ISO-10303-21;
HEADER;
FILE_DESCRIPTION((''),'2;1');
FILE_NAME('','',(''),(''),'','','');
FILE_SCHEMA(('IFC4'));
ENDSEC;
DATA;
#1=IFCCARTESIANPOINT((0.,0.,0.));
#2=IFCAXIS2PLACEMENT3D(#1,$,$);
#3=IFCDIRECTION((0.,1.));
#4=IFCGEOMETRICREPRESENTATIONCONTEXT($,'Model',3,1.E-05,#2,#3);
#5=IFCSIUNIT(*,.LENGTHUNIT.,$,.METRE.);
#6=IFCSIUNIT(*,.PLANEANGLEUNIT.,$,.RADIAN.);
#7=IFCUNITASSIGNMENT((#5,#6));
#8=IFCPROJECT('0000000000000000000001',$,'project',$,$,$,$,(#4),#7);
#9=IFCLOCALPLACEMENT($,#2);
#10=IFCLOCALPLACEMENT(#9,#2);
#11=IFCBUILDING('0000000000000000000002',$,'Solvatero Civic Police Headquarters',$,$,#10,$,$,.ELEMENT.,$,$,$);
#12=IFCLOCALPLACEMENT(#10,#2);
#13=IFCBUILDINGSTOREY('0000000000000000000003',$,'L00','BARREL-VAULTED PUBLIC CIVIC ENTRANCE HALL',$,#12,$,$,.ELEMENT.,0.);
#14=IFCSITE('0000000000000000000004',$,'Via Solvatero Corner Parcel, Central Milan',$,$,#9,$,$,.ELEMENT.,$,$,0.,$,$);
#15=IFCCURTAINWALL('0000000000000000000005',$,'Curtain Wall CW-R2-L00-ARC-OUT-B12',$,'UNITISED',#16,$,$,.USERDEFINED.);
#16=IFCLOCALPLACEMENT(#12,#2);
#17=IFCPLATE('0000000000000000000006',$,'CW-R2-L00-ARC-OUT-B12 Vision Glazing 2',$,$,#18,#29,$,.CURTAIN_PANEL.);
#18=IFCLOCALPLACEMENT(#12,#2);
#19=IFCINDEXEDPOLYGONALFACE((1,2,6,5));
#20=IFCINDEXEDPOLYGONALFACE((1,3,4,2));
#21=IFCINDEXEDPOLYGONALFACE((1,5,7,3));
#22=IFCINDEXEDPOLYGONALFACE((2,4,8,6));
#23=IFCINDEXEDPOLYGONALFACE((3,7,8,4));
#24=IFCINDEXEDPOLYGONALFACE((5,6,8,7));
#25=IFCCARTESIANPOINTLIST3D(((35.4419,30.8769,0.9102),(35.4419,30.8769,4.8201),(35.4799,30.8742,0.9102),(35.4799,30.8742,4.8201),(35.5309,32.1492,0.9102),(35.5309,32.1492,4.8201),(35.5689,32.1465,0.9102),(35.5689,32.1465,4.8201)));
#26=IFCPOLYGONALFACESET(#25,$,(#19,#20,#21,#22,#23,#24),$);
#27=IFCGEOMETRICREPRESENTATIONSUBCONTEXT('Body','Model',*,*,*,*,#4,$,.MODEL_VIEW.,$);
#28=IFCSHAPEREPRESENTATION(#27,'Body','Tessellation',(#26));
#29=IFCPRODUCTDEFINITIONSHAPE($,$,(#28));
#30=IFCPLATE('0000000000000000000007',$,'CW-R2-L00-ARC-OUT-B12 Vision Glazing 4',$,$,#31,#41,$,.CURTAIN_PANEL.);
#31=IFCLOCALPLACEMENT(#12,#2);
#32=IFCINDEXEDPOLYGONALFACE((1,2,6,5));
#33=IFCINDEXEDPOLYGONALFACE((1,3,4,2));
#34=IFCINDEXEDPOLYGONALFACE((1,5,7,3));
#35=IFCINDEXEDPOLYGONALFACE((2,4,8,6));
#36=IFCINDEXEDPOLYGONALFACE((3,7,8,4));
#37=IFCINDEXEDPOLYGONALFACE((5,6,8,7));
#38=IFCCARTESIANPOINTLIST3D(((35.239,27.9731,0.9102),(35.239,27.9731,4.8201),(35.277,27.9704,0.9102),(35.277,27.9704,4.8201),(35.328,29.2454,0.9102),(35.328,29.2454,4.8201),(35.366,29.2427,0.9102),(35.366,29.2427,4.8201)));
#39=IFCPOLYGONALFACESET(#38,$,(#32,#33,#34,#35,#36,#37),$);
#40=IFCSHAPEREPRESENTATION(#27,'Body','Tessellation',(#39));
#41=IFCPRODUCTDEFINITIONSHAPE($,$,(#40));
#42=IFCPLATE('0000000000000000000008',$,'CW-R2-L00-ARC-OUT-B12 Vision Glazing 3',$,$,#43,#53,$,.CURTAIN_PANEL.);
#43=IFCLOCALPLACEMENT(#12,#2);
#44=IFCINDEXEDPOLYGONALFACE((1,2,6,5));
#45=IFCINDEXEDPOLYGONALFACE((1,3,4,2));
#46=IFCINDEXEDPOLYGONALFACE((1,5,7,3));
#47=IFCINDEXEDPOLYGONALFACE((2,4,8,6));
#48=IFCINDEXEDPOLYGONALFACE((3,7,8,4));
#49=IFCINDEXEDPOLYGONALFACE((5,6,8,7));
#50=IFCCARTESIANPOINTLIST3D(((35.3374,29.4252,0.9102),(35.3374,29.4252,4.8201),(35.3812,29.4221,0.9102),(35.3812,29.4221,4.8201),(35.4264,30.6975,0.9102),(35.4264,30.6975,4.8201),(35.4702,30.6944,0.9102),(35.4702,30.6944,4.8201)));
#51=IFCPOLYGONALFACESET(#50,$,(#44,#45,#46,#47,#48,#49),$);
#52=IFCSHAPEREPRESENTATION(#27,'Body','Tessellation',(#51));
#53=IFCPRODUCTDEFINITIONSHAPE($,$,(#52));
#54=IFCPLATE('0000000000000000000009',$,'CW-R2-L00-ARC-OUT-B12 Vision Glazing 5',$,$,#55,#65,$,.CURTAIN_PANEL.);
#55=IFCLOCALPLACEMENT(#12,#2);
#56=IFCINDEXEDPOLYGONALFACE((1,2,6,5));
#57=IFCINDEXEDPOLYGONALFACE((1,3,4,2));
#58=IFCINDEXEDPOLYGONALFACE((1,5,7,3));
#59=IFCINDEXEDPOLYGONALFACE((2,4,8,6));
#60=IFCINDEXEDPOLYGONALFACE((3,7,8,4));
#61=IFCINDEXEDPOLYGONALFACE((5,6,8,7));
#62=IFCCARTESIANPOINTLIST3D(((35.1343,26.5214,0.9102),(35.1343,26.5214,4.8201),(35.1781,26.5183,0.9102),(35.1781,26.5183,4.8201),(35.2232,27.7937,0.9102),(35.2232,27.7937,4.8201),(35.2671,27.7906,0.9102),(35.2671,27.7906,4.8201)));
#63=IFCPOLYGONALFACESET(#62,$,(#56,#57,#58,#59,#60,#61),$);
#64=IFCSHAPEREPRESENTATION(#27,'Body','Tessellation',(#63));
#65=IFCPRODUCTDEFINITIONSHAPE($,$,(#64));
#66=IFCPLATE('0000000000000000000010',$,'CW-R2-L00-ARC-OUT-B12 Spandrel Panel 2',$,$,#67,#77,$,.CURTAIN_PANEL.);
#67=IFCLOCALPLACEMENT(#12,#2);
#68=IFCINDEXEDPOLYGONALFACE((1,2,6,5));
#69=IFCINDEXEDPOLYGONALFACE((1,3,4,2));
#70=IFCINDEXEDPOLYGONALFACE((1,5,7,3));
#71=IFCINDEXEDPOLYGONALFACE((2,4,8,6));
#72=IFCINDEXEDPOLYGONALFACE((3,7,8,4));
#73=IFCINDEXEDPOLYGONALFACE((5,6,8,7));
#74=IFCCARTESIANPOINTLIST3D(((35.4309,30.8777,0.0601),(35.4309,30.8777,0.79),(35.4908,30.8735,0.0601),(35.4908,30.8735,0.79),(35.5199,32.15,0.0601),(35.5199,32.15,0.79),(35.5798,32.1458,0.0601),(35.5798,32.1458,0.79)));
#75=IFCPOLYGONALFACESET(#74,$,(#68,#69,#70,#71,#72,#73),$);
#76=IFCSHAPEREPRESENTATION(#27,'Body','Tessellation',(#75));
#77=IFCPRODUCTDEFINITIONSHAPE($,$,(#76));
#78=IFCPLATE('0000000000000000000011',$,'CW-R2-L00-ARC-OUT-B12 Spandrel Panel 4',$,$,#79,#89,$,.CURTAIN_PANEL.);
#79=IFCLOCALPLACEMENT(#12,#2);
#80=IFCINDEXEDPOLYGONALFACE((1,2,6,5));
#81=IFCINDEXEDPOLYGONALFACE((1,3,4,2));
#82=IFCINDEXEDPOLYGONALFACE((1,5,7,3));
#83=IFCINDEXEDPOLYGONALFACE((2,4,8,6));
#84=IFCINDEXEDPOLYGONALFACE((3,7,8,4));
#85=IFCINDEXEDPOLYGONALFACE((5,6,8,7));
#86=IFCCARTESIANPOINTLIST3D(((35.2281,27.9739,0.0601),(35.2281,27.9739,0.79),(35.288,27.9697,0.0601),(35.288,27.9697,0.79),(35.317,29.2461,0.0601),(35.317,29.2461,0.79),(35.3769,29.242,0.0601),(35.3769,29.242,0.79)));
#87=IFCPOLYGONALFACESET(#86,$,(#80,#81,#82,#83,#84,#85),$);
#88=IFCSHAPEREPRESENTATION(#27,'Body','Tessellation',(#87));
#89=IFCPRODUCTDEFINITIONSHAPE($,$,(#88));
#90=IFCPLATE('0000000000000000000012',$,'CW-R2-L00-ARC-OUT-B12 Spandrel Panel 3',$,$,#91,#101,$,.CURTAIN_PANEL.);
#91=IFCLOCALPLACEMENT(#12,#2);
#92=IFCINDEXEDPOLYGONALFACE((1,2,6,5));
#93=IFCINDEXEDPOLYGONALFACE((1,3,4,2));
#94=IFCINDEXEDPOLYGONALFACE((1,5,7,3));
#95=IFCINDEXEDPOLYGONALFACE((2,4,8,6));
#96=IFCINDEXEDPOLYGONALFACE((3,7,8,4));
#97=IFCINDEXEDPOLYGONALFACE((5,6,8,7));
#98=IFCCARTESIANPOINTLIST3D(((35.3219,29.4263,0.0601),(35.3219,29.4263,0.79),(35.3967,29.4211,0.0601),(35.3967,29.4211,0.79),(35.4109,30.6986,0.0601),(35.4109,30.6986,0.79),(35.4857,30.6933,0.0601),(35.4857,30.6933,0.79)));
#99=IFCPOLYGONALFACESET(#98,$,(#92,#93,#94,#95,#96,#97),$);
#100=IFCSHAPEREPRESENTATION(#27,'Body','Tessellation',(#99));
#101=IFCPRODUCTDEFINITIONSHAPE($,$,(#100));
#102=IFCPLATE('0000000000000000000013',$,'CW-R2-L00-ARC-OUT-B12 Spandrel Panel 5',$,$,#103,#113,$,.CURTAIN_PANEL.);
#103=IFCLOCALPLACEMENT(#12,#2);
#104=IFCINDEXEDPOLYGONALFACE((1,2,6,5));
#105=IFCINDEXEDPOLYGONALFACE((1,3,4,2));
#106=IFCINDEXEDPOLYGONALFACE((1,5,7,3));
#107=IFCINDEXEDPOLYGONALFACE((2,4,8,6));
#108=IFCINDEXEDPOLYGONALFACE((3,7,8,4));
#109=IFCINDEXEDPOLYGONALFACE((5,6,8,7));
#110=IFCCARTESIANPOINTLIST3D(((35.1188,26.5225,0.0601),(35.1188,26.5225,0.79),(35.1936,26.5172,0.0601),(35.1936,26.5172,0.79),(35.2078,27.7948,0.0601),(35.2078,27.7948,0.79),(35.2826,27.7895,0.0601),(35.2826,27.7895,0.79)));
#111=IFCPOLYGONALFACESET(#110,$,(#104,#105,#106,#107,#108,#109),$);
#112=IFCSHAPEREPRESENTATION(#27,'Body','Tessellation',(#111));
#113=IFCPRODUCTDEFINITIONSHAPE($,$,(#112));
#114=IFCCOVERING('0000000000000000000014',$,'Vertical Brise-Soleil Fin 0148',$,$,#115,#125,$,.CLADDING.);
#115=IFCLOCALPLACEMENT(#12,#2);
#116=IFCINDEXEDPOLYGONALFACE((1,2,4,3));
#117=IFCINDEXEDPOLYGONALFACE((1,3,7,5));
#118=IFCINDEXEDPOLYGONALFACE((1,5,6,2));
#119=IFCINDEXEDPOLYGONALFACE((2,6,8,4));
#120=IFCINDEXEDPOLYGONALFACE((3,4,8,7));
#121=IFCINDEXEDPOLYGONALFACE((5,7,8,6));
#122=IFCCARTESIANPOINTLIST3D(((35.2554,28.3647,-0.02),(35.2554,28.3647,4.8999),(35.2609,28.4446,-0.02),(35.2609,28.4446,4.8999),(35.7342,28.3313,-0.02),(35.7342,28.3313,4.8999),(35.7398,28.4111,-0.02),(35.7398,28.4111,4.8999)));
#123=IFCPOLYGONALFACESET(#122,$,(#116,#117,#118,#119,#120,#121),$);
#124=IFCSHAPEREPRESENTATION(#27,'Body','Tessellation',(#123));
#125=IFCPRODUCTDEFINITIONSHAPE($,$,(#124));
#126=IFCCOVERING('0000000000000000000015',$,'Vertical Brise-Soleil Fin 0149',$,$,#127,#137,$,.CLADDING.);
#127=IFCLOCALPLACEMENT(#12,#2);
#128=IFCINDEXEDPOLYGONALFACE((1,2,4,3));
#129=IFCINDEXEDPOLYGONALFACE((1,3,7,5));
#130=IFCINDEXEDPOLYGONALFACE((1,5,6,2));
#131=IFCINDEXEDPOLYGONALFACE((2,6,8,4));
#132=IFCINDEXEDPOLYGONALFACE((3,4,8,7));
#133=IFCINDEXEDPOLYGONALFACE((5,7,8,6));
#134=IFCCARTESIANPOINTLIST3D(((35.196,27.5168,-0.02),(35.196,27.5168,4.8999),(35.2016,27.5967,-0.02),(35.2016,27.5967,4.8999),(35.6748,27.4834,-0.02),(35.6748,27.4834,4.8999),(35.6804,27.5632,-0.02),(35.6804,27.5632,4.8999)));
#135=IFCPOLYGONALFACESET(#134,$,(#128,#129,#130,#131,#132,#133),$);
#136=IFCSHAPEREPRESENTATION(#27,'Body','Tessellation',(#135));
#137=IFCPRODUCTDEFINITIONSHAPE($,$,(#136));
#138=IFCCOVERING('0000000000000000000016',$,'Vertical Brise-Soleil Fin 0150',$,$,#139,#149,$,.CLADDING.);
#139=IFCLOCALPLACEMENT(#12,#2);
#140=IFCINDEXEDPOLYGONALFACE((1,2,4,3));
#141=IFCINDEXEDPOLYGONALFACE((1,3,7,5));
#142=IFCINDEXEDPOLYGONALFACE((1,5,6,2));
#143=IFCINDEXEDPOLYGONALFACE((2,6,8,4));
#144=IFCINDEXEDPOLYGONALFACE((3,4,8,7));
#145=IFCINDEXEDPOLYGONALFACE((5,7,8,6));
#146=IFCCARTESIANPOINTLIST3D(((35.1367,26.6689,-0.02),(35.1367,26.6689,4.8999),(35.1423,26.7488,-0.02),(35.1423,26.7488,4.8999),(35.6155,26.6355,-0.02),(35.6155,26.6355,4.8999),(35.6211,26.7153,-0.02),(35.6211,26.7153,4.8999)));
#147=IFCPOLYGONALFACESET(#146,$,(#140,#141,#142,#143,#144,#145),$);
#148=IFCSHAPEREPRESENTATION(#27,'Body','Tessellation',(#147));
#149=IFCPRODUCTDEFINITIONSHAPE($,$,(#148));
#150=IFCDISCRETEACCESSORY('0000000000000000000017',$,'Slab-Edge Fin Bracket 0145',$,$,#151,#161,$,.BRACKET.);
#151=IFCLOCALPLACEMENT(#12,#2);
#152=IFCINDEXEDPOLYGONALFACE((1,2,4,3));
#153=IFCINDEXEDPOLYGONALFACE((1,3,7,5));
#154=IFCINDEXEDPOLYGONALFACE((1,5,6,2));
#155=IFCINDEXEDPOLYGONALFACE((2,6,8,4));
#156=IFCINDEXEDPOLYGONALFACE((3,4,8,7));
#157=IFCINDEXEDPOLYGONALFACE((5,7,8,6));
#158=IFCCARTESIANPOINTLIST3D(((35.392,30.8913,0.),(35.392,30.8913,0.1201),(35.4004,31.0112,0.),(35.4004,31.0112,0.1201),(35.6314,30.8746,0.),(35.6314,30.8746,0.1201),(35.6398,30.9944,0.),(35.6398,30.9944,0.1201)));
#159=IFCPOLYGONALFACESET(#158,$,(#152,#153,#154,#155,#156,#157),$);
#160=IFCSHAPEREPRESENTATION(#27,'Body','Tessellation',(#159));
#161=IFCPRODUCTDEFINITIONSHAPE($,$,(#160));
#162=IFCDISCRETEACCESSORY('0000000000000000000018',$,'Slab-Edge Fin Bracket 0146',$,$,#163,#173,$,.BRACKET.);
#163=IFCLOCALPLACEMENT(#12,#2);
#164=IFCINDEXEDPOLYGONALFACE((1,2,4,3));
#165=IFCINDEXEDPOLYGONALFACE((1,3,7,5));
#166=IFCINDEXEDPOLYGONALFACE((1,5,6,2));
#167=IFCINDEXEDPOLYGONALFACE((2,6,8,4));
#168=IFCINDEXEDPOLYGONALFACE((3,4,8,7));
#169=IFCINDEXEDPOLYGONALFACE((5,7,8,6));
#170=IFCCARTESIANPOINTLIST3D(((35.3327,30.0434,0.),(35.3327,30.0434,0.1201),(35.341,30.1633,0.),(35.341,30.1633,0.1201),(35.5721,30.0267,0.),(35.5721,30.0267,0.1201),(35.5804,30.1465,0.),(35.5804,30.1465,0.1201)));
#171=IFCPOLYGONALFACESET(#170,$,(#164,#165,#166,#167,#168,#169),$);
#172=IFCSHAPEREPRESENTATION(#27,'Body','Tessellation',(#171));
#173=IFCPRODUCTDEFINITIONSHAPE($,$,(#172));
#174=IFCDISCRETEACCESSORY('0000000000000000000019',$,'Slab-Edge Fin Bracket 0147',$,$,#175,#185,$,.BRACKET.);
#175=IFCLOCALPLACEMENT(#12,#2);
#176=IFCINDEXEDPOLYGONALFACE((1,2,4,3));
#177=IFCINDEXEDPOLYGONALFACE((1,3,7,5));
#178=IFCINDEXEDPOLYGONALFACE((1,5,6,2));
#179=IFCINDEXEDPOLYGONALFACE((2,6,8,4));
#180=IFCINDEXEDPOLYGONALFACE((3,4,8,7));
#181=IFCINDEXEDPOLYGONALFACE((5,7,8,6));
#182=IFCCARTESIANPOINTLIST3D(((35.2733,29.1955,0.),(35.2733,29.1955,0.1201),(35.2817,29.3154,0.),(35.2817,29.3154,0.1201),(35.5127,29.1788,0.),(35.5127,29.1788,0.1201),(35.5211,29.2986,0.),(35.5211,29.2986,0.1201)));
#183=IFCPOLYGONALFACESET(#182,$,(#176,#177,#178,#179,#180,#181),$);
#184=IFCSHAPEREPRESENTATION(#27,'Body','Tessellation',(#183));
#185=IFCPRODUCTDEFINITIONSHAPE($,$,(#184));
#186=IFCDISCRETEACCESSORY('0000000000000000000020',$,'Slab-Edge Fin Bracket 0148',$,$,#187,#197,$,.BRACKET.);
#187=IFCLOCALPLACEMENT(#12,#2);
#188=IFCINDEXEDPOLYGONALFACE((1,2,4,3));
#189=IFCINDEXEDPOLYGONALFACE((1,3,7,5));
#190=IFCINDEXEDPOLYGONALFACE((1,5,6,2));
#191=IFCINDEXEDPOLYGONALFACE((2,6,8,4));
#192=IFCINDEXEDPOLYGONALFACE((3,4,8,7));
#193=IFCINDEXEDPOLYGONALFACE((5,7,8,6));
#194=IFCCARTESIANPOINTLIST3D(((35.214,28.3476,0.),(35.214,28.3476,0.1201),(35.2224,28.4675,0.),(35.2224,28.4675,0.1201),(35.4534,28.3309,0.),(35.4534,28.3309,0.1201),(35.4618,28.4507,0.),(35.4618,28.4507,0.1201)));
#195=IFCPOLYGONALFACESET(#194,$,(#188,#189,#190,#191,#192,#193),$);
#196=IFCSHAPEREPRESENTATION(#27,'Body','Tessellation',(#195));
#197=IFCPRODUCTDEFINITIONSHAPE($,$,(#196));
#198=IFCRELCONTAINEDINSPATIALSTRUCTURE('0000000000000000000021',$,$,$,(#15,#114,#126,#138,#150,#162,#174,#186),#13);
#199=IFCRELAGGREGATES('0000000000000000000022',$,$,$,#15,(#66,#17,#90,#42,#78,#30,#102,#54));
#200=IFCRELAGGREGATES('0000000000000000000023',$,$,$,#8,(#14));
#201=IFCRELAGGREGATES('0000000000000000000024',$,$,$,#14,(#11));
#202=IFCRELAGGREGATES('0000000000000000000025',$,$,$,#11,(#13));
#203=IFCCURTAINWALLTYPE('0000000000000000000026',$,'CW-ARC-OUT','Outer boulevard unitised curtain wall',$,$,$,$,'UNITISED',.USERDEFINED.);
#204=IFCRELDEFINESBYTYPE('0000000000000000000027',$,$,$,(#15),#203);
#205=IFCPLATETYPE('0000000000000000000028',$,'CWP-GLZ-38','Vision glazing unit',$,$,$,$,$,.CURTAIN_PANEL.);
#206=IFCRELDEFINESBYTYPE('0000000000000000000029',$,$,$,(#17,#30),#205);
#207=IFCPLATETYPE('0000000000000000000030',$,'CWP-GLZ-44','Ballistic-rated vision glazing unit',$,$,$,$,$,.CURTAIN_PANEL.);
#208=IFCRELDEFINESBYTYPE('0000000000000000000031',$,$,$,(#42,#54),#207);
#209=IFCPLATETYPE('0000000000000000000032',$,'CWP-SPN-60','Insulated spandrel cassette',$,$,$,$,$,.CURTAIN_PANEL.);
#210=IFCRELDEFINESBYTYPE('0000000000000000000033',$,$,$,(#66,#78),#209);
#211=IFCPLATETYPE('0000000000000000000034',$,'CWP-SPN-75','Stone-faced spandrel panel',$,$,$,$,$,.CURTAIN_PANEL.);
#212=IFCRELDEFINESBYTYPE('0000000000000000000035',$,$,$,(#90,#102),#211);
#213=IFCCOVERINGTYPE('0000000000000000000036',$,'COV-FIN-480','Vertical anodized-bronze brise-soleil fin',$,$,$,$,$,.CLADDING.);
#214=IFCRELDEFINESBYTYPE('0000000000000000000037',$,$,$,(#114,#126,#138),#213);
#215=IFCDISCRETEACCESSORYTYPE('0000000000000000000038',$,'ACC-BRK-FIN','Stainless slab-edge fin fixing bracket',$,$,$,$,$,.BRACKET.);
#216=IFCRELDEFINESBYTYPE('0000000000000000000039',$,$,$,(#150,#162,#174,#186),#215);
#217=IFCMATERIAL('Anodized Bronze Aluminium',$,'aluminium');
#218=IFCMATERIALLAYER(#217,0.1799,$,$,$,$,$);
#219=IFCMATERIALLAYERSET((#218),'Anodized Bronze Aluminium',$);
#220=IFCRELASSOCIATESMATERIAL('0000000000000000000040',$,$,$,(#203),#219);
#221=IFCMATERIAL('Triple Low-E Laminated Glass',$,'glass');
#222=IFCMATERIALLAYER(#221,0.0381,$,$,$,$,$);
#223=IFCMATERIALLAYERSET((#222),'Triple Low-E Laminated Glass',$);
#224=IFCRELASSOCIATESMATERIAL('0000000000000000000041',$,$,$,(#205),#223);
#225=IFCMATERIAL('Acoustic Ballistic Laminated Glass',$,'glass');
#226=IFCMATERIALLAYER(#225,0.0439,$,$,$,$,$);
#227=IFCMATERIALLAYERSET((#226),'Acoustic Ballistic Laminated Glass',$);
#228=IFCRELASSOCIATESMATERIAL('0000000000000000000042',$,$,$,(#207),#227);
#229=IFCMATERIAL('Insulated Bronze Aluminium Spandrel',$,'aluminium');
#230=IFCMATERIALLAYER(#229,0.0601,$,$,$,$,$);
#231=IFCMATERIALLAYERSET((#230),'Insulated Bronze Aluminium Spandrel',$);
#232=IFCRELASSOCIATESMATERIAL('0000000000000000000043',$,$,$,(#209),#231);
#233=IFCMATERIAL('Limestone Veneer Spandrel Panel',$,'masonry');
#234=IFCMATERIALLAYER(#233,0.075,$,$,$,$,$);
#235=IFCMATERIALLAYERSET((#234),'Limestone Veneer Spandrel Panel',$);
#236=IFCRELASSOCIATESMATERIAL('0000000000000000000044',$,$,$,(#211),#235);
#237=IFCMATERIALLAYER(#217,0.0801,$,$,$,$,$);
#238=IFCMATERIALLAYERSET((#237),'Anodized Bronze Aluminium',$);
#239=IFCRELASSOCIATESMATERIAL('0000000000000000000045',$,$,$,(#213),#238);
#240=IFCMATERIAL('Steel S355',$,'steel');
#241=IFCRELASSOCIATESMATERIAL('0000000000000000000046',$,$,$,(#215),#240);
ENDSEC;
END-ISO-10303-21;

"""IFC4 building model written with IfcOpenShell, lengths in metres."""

from ifc_helpers import new_model, si_unit, direction, frame, origin, origin_2d, place, context, subcontext, project, spatial, rectangle, extrude, material, layer, layer_set, type_object, element, aggregate, save


model = new_model("IFC4")

# Units and contexts
model_context = context("Model", 3, precision=1e-05, world=origin(), true_north=direction((0.0, 1.0)))
body_context = subcontext(model_context, "Body", "Model", "MODEL_VIEW")
ifc_project = project(units=[si_unit("LENGTHUNIT", "METRE"), si_unit("PLANEANGLEUNIT", "RADIAN")], contexts=[model_context])

# Site, building, storey
site_placement = place(None, origin())
site = spatial("IfcSite", under=ifc_project, at=site_placement, Name="Via Solvatero Corner Parcel, Central Milan", CompositionType="ELEMENT", RefElevation=0.0)
building_placement = place(site_placement, origin())
building = spatial("IfcBuilding", under=site, at=building_placement, Name="Solvatero Civic Police Headquarters", CompositionType="ELEMENT")
storey_placement = place(building_placement, origin())
storey = spatial("IfcBuildingStorey", under=building, at=storey_placement, Name="L00", Description="BARREL-VAULTED PUBLIC CIVIC ENTRANCE HALL", CompositionType="ELEMENT", Elevation=0.0)

# Shared definitions
ifc_material_1 = material(Name="Steel S355", Category="steel")

# Curtain wall, plates
ifc_material_2 = material(Name="Anodized Bronze Aluminium", Category="aluminium")
ifc_layer_1 = layer(ifc_material_2, 0.1799)
ifc_layer_set_1 = layer_set([ifc_layer_1], Name="Anodized Bronze Aluminium")
curtain_wall_type = type_object("IfcCurtainWallType", Name="CW-ARC-OUT", Description="Outer boulevard unitised curtain wall", ElementType="UNITISED", PredefinedType="USERDEFINED", material=ifc_layer_set_1)
curtain_wall_placement = place(storey_placement, origin())
curtain_wall = element("IfcCurtainWall", 1, at=curtain_wall_placement, inside=storey, type_object=curtain_wall_type, Name="Curtain Wall CW-R2-L00-ARC-OUT-B12", ObjectType="UNITISED", PredefinedType="USERDEFINED")
ifc_material_3 = material(Name="Triple Low-E Laminated Glass", Category="glass")
ifc_layer_2 = layer(ifc_material_3, 0.0381)
ifc_layer_set_2 = layer_set([ifc_layer_2], Name="Triple Low-E Laminated Glass")
plate_type_1 = type_object("IfcPlateType", Name="CWP-GLZ-38", Description="Vision glazing unit", PredefinedType="CURTAIN_PANEL", material=ifc_layer_set_2)
plate_1_placement = place(storey_placement, frame((35.5054, 31.5117, 0.9102), z_axis=(0.0, 0.0, 1.0), x_axis=(-0.069756, -0.997564, 0.0)))
plate_1 = element("IfcPlate", 2, at=plate_1_placement, type_object=plate_type_1, Name="CW-R2-L00-ARC-OUT-B12 Vision Glazing 2", PredefinedType="CURTAIN_PANEL", context=body_context, shape_type="SweptSolid", body=[
    extrude(rectangle(XDim=1.2754, YDim=0.0381, at=origin_2d()), origin(), (0.0, 0.0, 1.0), 3.9099),
])
plate_2_placement = place(storey_placement, frame((35.3025, 28.6079, 0.9102), z_axis=(0.0, 0.0, 1.0), x_axis=(-0.069756, -0.997564, 0.0)))
plate_2 = element("IfcPlate", 3, at=plate_2_placement, type_object=plate_type_1, Name="CW-R2-L00-ARC-OUT-B12 Vision Glazing 4", PredefinedType="CURTAIN_PANEL", context=body_context, shape_type="SweptSolid", body=[
    extrude(rectangle(XDim=1.2754, YDim=0.0381, at=origin_2d()), origin(), (0.0, 0.0, 1.0), 3.9099),
])
ifc_material_4 = material(Name="Acoustic Ballistic Laminated Glass", Category="glass")
ifc_layer_3 = layer(ifc_material_4, 0.0439)
ifc_layer_set_3 = layer_set([ifc_layer_3], Name="Acoustic Ballistic Laminated Glass")
plate_type_2 = type_object("IfcPlateType", Name="CWP-GLZ-44", Description="Ballistic-rated vision glazing unit", PredefinedType="CURTAIN_PANEL", material=ifc_layer_set_3)
plate_3_placement = place(storey_placement, frame((35.4038, 30.0598, 0.9102), z_axis=(0.0, 0.0, 1.0), x_axis=(-0.069756, -0.997564, 0.0)))
plate_3 = element("IfcPlate", 4, at=plate_3_placement, type_object=plate_type_2, Name="CW-R2-L00-ARC-OUT-B12 Vision Glazing 3", PredefinedType="CURTAIN_PANEL", context=body_context, shape_type="SweptSolid", body=[
    extrude(rectangle(XDim=1.2754, YDim=0.0439, at=origin_2d()), origin(), (0.0, 0.0, 1.0), 3.9099),
])
plate_4_placement = place(storey_placement, frame((35.2007, 27.156, 0.9102), z_axis=(0.0, 0.0, 1.0), x_axis=(-0.069756, -0.997564, 0.0)))
plate_4 = element("IfcPlate", 5, at=plate_4_placement, type_object=plate_type_2, Name="CW-R2-L00-ARC-OUT-B12 Vision Glazing 5", PredefinedType="CURTAIN_PANEL", context=body_context, shape_type="SweptSolid", body=[
    extrude(rectangle(XDim=1.2754, YDim=0.0439, at=origin_2d()), origin(), (0.0, 0.0, 1.0), 3.9099),
])
ifc_material_5 = material(Name="Insulated Bronze Aluminium Spandrel", Category="aluminium")
ifc_layer_4 = layer(ifc_material_5, 0.0601)
ifc_layer_set_4 = layer_set([ifc_layer_4], Name="Insulated Bronze Aluminium Spandrel")
plate_type_3 = type_object("IfcPlateType", Name="CWP-SPN-60", Description="Insulated spandrel cassette", PredefinedType="CURTAIN_PANEL", material=ifc_layer_set_4)
plate_5_placement = place(storey_placement, frame((35.5054, 31.5117, 0.0601), z_axis=(0.0, 0.0, 1.0), x_axis=(-0.069756, -0.997564, 0.0)))
plate_5 = element("IfcPlate", 6, at=plate_5_placement, type_object=plate_type_3, Name="CW-R2-L00-ARC-OUT-B12 Spandrel Panel 2", PredefinedType="CURTAIN_PANEL", context=body_context, shape_type="SweptSolid", body=[
    extrude(rectangle(XDim=1.2754, YDim=0.0601, at=origin_2d()), origin(), (0.0, 0.0, 1.0), 0.73),
])
plate_6_placement = place(storey_placement, frame((35.3025, 28.6079, 0.0601), z_axis=(0.0, 0.0, 1.0), x_axis=(-0.069756, -0.997564, 0.0)))
plate_6 = element("IfcPlate", 7, at=plate_6_placement, type_object=plate_type_3, Name="CW-R2-L00-ARC-OUT-B12 Spandrel Panel 4", PredefinedType="CURTAIN_PANEL", context=body_context, shape_type="SweptSolid", body=[
    extrude(rectangle(XDim=1.2754, YDim=0.0601, at=origin_2d()), origin(), (0.0, 0.0, 1.0), 0.73),
])
ifc_material_6 = material(Name="Limestone Veneer Spandrel Panel", Category="masonry")
ifc_layer_5 = layer(ifc_material_6, 0.075)
ifc_layer_set_5 = layer_set([ifc_layer_5], Name="Limestone Veneer Spandrel Panel")
plate_type_4 = type_object("IfcPlateType", Name="CWP-SPN-75", Description="Stone-faced spandrel panel", PredefinedType="CURTAIN_PANEL", material=ifc_layer_set_5)
plate_7_placement = place(storey_placement, frame((35.4038, 30.0598, 0.0601), z_axis=(0.0, 0.0, 1.0), x_axis=(-0.069756, -0.997564, 0.0)))
plate_7 = element("IfcPlate", 8, at=plate_7_placement, type_object=plate_type_4, Name="CW-R2-L00-ARC-OUT-B12 Spandrel Panel 3", PredefinedType="CURTAIN_PANEL", context=body_context, shape_type="SweptSolid", body=[
    extrude(rectangle(XDim=1.2754, YDim=0.075, at=origin_2d()), origin(), (0.0, 0.0, 1.0), 0.73),
])
plate_8_placement = place(storey_placement, frame((35.2007, 27.156, 0.0601), z_axis=(0.0, 0.0, 1.0), x_axis=(-0.069756, -0.997564, 0.0)))
plate_8 = element("IfcPlate", 9, at=plate_8_placement, type_object=plate_type_4, Name="CW-R2-L00-ARC-OUT-B12 Spandrel Panel 5", PredefinedType="CURTAIN_PANEL", context=body_context, shape_type="SweptSolid", body=[
    extrude(rectangle(XDim=1.2754, YDim=0.075, at=origin_2d()), origin(), (0.0, 0.0, 1.0), 0.73),
])
aggregate(curtain_wall, [plate_5, plate_1, plate_7, plate_3, plate_6, plate_2, plate_8, plate_4])

# Coverings
ifc_layer_6 = layer(ifc_material_2, 0.0801)
ifc_layer_set_6 = layer_set([ifc_layer_6], Name="Anodized Bronze Aluminium")
covering_type = type_object("IfcCoveringType", Name="COV-FIN-480", Description="Vertical anodized-bronze brise-soleil fin", PredefinedType="CLADDING", material=ifc_layer_set_6)
for number, where, z_axis, x_axis, name in (
    (10, (35.4976, 28.3879, -0.02), (0.0, 0.0, 1.0), (-0.069756, -0.997564, 0.0), "Vertical Brise-Soleil Fin 0148"),
    (11, (35.4382, 27.54, -0.02), (0.0, 0.0, 1.0), (-0.069756, -0.997564, 0.0), "Vertical Brise-Soleil Fin 0149"),
    (12, (35.3789, 26.6921, -0.02), (0.0, 0.0, 1.0), (-0.069756, -0.997564, 0.0), "Vertical Brise-Soleil Fin 0150"),
):
    element("IfcCovering", number, at=place(storey_placement, frame(where, z_axis=z_axis, x_axis=x_axis)), inside=storey, type_object=covering_type, Name=name, PredefinedType="CLADDING", context=body_context, shape_type="SweptSolid", body=[
        extrude(rectangle(XDim=0.0801, YDim=0.48, at=origin_2d()), origin(), (0.0, 0.0, 1.0), 4.9199),
    ])

# Discrete accessories
discrete_accessory_type = type_object("IfcDiscreteAccessoryType", Name="ACC-BRK-FIN", Description="Stainless slab-edge fin fixing bracket", PredefinedType="BRACKET", material=ifc_material_1)
for number, where, z_axis, x_axis, name in (
    (13, (35.5159, 30.9429, 0.0), (0.0, 0.0, 1.0), (-0.069756, -0.997564, 0.0), "Slab-Edge Fin Bracket 0145"),
    (14, (35.4565, 30.095, 0.0), (0.0, 0.0, 1.0), (-0.069756, -0.997564, 0.0), "Slab-Edge Fin Bracket 0146"),
    (15, (35.3972, 29.2471, 0.0), (0.0, 0.0, 1.0), (-0.069756, -0.997564, 0.0), "Slab-Edge Fin Bracket 0147"),
    (16, (35.3379, 28.3992, 0.0), (0.0, 0.0, 1.0), (-0.069756, -0.997564, 0.0), "Slab-Edge Fin Bracket 0148"),
):
    element("IfcDiscreteAccessory", number, at=place(storey_placement, frame(where, z_axis=z_axis, x_axis=x_axis)), inside=storey, type_object=discrete_accessory_type, Name=name, PredefinedType="BRACKET", context=body_context, shape_type="SweptSolid", body=[
        extrude(rectangle(XDim=0.1201, YDim=0.24, at=origin_2d()), origin(), (0.0, 0.0, 1.0), 0.1201),
    ])

save(model, "model.ifc")
